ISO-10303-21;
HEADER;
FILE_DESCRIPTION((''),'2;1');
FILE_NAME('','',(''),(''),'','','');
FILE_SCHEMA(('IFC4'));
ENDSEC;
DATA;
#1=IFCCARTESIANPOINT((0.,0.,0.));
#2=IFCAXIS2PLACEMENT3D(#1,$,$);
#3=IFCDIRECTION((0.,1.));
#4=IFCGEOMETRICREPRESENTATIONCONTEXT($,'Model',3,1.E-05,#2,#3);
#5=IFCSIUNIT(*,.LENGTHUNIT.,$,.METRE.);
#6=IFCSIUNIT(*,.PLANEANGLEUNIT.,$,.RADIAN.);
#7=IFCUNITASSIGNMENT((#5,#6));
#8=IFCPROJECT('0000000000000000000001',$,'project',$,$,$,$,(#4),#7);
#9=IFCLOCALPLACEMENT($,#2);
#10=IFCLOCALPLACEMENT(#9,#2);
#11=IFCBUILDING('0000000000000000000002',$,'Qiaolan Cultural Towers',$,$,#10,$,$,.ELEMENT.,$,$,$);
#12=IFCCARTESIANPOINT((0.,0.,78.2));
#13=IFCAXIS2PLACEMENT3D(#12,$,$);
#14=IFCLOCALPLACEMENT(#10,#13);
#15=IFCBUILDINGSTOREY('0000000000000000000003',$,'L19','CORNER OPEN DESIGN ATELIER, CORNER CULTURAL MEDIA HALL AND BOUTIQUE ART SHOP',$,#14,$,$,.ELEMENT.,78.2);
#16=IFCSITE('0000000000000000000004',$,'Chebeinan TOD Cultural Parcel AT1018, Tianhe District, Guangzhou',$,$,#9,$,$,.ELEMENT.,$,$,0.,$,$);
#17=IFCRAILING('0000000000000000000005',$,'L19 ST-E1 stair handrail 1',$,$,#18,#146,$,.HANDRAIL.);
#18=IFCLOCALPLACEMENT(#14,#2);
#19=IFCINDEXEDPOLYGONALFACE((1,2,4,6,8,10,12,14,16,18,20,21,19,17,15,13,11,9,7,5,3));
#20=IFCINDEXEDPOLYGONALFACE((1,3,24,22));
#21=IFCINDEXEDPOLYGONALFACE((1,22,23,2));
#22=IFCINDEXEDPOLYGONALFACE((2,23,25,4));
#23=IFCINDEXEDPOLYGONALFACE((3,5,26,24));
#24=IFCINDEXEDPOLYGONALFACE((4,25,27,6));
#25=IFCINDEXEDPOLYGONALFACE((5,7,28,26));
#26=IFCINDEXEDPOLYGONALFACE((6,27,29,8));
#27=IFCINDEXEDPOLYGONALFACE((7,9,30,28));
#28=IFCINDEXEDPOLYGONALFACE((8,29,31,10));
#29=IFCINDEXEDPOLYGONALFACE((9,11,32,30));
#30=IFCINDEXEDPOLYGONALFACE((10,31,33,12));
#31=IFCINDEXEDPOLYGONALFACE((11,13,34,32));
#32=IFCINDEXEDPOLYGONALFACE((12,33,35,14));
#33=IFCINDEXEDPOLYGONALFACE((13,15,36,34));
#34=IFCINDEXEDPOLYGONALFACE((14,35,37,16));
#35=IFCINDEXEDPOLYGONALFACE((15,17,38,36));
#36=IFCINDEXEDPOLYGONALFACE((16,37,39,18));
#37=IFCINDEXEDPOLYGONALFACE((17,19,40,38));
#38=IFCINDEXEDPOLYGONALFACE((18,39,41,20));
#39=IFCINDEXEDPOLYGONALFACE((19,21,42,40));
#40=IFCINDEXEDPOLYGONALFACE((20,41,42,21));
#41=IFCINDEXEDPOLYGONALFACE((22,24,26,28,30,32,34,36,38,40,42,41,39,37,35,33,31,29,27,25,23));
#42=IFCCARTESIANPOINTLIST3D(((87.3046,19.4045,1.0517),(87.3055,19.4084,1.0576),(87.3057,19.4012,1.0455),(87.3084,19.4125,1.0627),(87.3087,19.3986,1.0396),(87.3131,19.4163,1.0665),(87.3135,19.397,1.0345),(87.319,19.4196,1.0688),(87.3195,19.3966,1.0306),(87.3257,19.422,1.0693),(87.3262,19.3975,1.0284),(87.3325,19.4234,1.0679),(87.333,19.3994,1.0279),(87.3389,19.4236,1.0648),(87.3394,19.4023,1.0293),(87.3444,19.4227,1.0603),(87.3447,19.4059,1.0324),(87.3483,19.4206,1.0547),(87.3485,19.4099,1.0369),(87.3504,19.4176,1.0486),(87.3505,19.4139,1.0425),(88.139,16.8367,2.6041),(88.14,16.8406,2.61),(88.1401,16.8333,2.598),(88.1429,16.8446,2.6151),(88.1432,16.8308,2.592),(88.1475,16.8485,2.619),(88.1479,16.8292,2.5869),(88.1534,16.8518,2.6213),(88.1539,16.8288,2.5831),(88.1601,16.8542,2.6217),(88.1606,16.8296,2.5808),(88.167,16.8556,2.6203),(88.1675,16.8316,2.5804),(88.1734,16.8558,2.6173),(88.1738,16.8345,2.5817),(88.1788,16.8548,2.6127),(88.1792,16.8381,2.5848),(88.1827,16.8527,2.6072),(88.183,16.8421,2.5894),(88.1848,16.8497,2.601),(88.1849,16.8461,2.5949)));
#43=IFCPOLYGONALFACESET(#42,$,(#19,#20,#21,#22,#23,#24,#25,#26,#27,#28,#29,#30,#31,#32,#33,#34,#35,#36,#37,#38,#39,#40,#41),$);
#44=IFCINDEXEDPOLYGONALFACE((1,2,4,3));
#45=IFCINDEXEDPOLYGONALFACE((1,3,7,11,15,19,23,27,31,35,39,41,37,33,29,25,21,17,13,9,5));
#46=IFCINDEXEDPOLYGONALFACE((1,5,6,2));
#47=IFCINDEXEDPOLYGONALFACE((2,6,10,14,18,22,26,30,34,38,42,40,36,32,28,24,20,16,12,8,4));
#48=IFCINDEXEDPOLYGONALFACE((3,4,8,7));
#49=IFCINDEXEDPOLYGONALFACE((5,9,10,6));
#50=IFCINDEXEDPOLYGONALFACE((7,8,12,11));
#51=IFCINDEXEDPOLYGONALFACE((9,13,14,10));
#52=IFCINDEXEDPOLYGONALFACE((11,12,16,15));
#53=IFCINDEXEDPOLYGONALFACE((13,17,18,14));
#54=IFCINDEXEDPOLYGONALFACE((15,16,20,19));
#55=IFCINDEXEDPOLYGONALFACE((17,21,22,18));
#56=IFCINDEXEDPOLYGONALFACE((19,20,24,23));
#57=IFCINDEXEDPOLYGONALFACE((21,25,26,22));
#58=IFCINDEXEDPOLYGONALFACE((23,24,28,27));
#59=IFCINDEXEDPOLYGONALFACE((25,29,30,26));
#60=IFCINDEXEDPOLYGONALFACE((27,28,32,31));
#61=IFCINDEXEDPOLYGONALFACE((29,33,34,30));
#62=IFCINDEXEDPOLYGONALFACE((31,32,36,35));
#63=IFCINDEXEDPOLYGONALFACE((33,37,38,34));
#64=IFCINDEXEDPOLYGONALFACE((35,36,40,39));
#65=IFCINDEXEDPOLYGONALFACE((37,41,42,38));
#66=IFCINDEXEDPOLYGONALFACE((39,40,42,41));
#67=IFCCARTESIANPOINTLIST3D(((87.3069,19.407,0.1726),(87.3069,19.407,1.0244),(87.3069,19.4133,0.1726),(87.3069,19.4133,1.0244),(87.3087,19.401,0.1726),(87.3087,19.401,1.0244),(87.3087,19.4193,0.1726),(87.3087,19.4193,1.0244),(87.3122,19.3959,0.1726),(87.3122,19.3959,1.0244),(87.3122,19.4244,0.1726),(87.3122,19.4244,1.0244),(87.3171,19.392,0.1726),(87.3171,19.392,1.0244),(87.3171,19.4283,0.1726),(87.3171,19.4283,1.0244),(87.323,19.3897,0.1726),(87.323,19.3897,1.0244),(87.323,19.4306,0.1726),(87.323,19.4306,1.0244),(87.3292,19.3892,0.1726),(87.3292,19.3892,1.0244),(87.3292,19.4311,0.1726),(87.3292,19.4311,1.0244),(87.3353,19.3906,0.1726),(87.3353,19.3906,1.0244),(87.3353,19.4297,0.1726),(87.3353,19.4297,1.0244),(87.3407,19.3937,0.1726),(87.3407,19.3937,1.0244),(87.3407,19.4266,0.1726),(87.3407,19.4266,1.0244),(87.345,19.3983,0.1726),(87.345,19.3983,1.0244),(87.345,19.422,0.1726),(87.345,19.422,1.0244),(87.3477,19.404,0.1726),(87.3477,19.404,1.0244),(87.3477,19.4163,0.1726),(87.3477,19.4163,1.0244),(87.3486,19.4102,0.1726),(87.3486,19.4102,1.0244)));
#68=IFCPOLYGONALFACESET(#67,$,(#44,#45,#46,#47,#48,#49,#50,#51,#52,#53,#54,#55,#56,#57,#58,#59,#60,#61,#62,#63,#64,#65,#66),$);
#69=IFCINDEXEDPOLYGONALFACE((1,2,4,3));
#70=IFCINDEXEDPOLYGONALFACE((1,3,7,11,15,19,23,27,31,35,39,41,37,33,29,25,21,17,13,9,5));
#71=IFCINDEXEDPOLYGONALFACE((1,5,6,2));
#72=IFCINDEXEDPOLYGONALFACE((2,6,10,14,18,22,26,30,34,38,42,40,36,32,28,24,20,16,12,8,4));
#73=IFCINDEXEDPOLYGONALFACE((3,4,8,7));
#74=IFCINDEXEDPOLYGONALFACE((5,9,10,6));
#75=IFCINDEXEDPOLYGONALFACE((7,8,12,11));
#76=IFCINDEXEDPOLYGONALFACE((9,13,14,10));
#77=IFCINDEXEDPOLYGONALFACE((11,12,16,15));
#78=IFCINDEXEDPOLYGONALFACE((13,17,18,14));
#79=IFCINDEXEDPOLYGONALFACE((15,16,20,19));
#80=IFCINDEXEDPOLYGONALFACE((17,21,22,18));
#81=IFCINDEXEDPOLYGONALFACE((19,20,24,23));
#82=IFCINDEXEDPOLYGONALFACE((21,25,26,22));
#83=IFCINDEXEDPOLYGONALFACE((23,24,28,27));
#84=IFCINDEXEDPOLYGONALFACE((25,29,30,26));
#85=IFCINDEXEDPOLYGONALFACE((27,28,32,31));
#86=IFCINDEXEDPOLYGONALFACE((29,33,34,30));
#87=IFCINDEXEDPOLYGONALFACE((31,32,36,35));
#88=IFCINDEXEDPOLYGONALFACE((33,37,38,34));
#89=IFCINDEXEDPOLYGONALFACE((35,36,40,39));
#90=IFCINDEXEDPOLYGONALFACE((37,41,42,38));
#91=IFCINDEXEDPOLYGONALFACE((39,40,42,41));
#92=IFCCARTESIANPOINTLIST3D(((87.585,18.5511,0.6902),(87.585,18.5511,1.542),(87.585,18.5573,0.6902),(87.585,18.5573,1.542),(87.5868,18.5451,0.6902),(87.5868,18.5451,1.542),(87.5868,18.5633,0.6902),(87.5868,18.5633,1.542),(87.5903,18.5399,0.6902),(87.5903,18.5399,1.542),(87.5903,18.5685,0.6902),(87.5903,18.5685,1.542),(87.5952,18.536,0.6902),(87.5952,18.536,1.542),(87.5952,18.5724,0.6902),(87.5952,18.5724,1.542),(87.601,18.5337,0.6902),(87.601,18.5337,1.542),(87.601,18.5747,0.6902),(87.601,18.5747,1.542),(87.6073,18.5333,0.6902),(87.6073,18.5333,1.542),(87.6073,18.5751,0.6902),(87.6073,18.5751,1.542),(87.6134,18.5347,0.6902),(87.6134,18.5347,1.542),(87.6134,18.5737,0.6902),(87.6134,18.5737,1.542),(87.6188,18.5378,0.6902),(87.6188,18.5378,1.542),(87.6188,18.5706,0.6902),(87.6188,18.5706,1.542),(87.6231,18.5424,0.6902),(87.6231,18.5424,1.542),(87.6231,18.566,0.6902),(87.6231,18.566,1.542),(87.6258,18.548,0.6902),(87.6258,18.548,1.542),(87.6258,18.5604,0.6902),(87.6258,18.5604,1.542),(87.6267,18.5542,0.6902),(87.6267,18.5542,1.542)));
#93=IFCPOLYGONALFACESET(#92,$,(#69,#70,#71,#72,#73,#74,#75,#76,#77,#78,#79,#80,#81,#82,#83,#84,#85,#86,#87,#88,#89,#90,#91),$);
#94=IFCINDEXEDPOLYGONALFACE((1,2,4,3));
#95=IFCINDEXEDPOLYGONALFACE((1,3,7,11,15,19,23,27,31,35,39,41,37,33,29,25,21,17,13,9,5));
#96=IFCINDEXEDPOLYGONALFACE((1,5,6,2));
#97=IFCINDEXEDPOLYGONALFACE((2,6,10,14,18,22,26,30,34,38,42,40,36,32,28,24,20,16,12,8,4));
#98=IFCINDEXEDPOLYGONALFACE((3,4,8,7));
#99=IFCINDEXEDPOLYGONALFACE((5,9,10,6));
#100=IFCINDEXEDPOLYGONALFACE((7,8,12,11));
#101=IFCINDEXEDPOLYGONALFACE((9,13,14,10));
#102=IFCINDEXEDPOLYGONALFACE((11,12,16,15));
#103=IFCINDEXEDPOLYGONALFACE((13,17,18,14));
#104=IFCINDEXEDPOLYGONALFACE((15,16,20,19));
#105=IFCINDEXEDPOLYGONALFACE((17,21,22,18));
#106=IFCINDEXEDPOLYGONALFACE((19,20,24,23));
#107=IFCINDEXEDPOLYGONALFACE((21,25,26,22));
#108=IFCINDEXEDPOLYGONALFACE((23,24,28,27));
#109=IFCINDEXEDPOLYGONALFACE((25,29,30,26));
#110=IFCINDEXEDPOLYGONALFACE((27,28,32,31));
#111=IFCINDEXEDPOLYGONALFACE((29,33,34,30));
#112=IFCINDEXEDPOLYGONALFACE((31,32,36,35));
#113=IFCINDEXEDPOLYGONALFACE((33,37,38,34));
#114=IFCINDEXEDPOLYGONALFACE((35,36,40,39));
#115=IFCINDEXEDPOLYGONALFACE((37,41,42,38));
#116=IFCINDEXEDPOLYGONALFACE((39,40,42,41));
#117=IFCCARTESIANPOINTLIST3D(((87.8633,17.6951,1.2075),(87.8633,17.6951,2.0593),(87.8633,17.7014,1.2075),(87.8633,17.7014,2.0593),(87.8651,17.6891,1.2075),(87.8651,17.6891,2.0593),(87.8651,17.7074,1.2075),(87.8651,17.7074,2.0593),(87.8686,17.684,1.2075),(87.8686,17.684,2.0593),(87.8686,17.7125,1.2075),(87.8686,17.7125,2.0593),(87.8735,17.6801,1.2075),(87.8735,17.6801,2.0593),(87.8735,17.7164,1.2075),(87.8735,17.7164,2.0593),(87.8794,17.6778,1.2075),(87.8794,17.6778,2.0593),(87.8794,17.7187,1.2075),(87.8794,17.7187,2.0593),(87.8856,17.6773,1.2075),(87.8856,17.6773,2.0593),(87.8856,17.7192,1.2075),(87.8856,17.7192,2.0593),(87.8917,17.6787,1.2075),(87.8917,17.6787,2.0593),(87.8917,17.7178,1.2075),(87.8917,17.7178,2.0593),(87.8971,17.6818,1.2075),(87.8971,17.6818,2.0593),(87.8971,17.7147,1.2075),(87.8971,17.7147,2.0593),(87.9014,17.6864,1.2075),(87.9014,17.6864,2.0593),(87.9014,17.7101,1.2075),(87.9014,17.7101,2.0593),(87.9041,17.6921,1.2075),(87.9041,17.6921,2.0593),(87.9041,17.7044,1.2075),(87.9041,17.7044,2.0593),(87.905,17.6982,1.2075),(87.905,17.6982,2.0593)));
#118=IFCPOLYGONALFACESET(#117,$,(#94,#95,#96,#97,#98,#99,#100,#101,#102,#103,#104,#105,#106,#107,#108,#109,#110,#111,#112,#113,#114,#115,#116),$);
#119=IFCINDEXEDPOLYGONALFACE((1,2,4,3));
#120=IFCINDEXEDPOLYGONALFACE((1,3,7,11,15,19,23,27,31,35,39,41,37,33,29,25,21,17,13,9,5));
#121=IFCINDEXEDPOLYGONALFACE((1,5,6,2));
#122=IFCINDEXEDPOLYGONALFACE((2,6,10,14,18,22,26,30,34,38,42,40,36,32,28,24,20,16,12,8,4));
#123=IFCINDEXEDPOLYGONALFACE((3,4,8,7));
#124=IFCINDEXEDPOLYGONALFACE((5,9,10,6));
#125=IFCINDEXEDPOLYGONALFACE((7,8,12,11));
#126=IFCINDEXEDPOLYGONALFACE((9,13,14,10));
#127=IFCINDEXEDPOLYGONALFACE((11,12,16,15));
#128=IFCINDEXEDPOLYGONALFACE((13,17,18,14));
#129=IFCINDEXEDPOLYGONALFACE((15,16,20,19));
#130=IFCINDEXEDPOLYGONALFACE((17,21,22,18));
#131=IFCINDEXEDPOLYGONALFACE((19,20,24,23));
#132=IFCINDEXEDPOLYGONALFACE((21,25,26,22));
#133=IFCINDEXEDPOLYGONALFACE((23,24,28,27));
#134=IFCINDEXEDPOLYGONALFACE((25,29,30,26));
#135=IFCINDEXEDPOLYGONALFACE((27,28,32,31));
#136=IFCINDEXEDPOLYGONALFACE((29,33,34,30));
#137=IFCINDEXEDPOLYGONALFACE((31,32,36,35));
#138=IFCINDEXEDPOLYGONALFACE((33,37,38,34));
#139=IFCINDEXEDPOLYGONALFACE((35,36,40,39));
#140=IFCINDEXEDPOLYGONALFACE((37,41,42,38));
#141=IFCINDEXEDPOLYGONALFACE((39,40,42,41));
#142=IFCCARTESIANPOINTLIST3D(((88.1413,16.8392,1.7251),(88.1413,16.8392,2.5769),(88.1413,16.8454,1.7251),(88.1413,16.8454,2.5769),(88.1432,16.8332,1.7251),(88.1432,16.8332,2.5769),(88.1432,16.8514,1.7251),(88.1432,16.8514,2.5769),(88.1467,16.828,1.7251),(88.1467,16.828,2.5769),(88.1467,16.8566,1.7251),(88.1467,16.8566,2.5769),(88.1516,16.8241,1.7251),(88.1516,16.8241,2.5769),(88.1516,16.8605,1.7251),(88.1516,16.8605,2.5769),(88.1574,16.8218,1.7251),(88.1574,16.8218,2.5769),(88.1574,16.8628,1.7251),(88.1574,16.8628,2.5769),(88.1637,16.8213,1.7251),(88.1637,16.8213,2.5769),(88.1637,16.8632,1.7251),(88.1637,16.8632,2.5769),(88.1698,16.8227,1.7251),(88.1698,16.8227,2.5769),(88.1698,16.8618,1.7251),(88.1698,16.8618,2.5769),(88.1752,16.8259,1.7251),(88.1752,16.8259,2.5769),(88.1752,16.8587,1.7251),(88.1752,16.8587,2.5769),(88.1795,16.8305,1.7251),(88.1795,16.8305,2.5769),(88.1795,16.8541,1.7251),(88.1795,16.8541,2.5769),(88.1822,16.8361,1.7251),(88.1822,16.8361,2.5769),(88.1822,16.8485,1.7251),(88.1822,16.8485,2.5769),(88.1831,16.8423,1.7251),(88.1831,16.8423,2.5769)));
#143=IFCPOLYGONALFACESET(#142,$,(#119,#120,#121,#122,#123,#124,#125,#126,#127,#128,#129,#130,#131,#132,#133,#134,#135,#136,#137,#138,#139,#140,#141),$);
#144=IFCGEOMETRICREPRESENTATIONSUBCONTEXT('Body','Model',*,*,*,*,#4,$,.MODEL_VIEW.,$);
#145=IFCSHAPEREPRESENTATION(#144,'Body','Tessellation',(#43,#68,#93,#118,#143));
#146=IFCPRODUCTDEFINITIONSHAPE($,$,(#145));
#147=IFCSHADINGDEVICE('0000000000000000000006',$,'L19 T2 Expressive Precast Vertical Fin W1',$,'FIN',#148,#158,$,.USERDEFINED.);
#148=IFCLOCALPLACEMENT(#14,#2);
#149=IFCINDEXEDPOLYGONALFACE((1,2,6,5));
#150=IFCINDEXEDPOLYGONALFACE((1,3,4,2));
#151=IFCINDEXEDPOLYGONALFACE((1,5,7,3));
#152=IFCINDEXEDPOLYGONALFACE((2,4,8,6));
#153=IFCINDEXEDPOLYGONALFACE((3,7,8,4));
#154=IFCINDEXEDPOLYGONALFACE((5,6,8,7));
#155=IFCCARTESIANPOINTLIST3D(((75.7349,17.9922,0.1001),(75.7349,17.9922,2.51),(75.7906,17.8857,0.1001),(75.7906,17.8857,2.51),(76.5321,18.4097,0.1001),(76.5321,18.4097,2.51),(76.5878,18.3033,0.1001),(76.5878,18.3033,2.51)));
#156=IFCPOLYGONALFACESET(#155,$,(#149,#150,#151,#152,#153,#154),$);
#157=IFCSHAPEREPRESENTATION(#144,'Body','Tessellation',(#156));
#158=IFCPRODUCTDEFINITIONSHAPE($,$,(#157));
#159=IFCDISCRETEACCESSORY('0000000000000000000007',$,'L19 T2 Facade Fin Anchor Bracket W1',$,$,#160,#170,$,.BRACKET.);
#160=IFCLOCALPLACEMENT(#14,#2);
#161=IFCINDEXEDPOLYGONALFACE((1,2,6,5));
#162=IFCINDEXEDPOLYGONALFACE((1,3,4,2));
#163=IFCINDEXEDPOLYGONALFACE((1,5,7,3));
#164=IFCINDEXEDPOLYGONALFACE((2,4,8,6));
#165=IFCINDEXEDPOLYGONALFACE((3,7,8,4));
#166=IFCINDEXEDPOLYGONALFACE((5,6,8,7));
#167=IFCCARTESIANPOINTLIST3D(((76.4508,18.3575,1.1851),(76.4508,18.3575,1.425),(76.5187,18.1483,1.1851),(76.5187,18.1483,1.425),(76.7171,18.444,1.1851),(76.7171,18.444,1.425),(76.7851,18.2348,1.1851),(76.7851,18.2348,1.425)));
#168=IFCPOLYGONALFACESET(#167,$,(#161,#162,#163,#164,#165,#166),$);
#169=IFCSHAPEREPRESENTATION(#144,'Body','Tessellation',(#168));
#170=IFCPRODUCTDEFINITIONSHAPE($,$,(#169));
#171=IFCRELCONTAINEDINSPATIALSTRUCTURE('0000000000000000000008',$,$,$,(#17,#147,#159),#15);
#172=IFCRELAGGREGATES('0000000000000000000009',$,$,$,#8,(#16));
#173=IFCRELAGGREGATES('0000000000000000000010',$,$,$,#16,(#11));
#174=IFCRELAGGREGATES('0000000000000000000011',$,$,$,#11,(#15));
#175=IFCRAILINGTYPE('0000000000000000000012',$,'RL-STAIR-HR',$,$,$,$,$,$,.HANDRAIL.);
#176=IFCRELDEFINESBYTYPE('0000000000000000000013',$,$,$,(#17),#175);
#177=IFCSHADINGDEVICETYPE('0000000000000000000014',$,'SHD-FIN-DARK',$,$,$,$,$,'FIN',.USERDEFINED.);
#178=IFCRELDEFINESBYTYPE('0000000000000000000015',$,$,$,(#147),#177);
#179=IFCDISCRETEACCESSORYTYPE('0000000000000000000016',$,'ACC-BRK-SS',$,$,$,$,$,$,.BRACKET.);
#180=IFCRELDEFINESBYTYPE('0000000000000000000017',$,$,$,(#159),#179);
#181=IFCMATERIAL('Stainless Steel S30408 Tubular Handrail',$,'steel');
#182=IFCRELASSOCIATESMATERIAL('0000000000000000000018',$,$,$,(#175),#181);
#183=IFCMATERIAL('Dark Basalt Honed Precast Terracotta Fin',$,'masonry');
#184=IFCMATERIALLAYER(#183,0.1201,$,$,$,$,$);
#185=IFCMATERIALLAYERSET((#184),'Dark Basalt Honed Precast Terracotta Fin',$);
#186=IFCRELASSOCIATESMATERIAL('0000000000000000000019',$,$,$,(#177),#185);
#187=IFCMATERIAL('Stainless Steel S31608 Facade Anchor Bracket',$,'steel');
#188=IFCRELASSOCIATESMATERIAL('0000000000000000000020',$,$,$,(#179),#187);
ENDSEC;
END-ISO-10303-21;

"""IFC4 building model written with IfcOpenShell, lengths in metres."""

from ifc_helpers import new_model, si_unit, direction, frame, origin, origin_2d, place, context, subcontext, project, spatial, rectangle, circle, extrude, material, layer, layer_set, type_object, element, save


model = new_model("IFC4")

# Units and contexts
model_context = context("Model", 3, precision=1e-05, world=origin(), true_north=direction((0.0, 1.0)))
body_context = subcontext(model_context, "Body", "Model", "MODEL_VIEW")
ifc_project = project(units=[si_unit("LENGTHUNIT", "METRE"), si_unit("PLANEANGLEUNIT", "RADIAN")], contexts=[model_context])

# Site, building, storey
site_placement = place(None, origin())
site = spatial("IfcSite", under=ifc_project, at=site_placement, Name="Chebeinan TOD Cultural Parcel AT1018, Tianhe District, Guangzhou", CompositionType="ELEMENT", RefElevation=0.0)
building_placement = place(site_placement, origin())
building = spatial("IfcBuilding", under=site, at=building_placement, Name="Qiaolan Cultural Towers", CompositionType="ELEMENT")
storey_placement = place(building_placement, frame((0.0, 0.0, 78.2)))
storey = spatial("IfcBuildingStorey", under=building, at=storey_placement, Name="L19", Description="CORNER OPEN DESIGN ATELIER, CORNER CULTURAL MEDIA HALL AND BOUTIQUE ART SHOP", CompositionType="ELEMENT", Elevation=78.2)

# Railing
ifc_material_1 = material(Name="Stainless Steel S30408 Tubular Handrail", Category="steel")
railing_type_1 = type_object("IfcRailingType", Name="RL-STAIR-HR", PredefinedType="HANDRAIL", material=ifc_material_1)
railing_1_placement = place(storey_placement, frame((87.3276, 19.4102, 0.1726)))
element("IfcRailing", 1, at=railing_1_placement, inside=storey, type_object=railing_type_1, Name="L19 ST-E1 stair handrail 1", PredefinedType="HANDRAIL", context=body_context, shape_type="SweptSolid", body=[
    extrude(circle(Radius=0.0239, at=origin_2d()), frame((0.0, 0.0, 0.876), z_axis=(0.267926, -0.824471, 0.498461), x_axis=(0.951043, 0.309057, 0.0)), (0.0, 0.0, 1.0), 3.1145),
    extrude(circle(Radius=0.021, at=origin_2d()), origin(), (0.0, 0.0, 1.0), 0.8518),
    extrude(circle(Radius=0.021, at=origin_2d()), frame((0.2781, -0.856, 0.5176)), (0.0, 0.0, 1.0), 0.8518),
    extrude(circle(Radius=0.021, at=origin_2d()), frame((0.5564, -1.7119, 1.0349)), (0.0, 0.0, 1.0), 0.8518),
    extrude(circle(Radius=0.021, at=origin_2d()), frame((0.8345, -2.5679, 1.5525)), (0.0, 0.0, 1.0), 0.8518),
])

# Shading device
ifc_material_2 = material(Name="Dark Basalt Honed Precast Terracotta Fin", Category="masonry")
ifc_layer_1 = layer(ifc_material_2, 0.1201)
ifc_layer_set_1 = layer_set([ifc_layer_1], Name="Dark Basalt Honed Precast Terracotta Fin")
shading_device_type = type_object("IfcShadingDeviceType", Name="SHD-FIN-DARK", ElementType="FIN", PredefinedType="USERDEFINED", material=ifc_layer_set_1)
shading_device_placement = place(storey_placement, frame((76.1614, 18.1477, 0.1001), z_axis=(0.0, 0.0, 1.0), x_axis=(0.885865, 0.463943, 0.0)))
element("IfcShadingDevice", 2, at=shading_device_placement, inside=storey, type_object=shading_device_type, Name="L19 T2 Expressive Precast Vertical Fin W1", ObjectType="FIN", PredefinedType="USERDEFINED", context=body_context, shape_type="SweptSolid", body=[
    extrude(rectangle(XDim=0.8999, YDim=0.1201, at=origin_2d()), origin(), (0.0, 0.0, 1.0), 2.4099),
])

# Discrete accessory
ifc_material_3 = material(Name="Stainless Steel S31608 Facade Anchor Bracket", Category="steel")
discrete_accessory_type = type_object("IfcDiscreteAccessoryType", Name="ACC-BRK-SS", PredefinedType="BRACKET", material=ifc_material_3)
discrete_accessory_placement = place(storey_placement, frame((76.6179, 18.2961, 1.1851), z_axis=(0.0, 0.0, 1.0), x_axis=(0.951057, 0.309017, 0.0)))
element("IfcDiscreteAccessory", 3, at=discrete_accessory_placement, inside=storey, type_object=discrete_accessory_type, Name="L19 T2 Facade Fin Anchor Bracket W1", PredefinedType="BRACKET", context=body_context, shape_type="SweptSolid", body=[
    extrude(rectangle(XDim=0.28, YDim=0.22, at=origin_2d()), origin(), (0.0, 0.0, 1.0), 0.24),
])

save(model, "model.ifc")
